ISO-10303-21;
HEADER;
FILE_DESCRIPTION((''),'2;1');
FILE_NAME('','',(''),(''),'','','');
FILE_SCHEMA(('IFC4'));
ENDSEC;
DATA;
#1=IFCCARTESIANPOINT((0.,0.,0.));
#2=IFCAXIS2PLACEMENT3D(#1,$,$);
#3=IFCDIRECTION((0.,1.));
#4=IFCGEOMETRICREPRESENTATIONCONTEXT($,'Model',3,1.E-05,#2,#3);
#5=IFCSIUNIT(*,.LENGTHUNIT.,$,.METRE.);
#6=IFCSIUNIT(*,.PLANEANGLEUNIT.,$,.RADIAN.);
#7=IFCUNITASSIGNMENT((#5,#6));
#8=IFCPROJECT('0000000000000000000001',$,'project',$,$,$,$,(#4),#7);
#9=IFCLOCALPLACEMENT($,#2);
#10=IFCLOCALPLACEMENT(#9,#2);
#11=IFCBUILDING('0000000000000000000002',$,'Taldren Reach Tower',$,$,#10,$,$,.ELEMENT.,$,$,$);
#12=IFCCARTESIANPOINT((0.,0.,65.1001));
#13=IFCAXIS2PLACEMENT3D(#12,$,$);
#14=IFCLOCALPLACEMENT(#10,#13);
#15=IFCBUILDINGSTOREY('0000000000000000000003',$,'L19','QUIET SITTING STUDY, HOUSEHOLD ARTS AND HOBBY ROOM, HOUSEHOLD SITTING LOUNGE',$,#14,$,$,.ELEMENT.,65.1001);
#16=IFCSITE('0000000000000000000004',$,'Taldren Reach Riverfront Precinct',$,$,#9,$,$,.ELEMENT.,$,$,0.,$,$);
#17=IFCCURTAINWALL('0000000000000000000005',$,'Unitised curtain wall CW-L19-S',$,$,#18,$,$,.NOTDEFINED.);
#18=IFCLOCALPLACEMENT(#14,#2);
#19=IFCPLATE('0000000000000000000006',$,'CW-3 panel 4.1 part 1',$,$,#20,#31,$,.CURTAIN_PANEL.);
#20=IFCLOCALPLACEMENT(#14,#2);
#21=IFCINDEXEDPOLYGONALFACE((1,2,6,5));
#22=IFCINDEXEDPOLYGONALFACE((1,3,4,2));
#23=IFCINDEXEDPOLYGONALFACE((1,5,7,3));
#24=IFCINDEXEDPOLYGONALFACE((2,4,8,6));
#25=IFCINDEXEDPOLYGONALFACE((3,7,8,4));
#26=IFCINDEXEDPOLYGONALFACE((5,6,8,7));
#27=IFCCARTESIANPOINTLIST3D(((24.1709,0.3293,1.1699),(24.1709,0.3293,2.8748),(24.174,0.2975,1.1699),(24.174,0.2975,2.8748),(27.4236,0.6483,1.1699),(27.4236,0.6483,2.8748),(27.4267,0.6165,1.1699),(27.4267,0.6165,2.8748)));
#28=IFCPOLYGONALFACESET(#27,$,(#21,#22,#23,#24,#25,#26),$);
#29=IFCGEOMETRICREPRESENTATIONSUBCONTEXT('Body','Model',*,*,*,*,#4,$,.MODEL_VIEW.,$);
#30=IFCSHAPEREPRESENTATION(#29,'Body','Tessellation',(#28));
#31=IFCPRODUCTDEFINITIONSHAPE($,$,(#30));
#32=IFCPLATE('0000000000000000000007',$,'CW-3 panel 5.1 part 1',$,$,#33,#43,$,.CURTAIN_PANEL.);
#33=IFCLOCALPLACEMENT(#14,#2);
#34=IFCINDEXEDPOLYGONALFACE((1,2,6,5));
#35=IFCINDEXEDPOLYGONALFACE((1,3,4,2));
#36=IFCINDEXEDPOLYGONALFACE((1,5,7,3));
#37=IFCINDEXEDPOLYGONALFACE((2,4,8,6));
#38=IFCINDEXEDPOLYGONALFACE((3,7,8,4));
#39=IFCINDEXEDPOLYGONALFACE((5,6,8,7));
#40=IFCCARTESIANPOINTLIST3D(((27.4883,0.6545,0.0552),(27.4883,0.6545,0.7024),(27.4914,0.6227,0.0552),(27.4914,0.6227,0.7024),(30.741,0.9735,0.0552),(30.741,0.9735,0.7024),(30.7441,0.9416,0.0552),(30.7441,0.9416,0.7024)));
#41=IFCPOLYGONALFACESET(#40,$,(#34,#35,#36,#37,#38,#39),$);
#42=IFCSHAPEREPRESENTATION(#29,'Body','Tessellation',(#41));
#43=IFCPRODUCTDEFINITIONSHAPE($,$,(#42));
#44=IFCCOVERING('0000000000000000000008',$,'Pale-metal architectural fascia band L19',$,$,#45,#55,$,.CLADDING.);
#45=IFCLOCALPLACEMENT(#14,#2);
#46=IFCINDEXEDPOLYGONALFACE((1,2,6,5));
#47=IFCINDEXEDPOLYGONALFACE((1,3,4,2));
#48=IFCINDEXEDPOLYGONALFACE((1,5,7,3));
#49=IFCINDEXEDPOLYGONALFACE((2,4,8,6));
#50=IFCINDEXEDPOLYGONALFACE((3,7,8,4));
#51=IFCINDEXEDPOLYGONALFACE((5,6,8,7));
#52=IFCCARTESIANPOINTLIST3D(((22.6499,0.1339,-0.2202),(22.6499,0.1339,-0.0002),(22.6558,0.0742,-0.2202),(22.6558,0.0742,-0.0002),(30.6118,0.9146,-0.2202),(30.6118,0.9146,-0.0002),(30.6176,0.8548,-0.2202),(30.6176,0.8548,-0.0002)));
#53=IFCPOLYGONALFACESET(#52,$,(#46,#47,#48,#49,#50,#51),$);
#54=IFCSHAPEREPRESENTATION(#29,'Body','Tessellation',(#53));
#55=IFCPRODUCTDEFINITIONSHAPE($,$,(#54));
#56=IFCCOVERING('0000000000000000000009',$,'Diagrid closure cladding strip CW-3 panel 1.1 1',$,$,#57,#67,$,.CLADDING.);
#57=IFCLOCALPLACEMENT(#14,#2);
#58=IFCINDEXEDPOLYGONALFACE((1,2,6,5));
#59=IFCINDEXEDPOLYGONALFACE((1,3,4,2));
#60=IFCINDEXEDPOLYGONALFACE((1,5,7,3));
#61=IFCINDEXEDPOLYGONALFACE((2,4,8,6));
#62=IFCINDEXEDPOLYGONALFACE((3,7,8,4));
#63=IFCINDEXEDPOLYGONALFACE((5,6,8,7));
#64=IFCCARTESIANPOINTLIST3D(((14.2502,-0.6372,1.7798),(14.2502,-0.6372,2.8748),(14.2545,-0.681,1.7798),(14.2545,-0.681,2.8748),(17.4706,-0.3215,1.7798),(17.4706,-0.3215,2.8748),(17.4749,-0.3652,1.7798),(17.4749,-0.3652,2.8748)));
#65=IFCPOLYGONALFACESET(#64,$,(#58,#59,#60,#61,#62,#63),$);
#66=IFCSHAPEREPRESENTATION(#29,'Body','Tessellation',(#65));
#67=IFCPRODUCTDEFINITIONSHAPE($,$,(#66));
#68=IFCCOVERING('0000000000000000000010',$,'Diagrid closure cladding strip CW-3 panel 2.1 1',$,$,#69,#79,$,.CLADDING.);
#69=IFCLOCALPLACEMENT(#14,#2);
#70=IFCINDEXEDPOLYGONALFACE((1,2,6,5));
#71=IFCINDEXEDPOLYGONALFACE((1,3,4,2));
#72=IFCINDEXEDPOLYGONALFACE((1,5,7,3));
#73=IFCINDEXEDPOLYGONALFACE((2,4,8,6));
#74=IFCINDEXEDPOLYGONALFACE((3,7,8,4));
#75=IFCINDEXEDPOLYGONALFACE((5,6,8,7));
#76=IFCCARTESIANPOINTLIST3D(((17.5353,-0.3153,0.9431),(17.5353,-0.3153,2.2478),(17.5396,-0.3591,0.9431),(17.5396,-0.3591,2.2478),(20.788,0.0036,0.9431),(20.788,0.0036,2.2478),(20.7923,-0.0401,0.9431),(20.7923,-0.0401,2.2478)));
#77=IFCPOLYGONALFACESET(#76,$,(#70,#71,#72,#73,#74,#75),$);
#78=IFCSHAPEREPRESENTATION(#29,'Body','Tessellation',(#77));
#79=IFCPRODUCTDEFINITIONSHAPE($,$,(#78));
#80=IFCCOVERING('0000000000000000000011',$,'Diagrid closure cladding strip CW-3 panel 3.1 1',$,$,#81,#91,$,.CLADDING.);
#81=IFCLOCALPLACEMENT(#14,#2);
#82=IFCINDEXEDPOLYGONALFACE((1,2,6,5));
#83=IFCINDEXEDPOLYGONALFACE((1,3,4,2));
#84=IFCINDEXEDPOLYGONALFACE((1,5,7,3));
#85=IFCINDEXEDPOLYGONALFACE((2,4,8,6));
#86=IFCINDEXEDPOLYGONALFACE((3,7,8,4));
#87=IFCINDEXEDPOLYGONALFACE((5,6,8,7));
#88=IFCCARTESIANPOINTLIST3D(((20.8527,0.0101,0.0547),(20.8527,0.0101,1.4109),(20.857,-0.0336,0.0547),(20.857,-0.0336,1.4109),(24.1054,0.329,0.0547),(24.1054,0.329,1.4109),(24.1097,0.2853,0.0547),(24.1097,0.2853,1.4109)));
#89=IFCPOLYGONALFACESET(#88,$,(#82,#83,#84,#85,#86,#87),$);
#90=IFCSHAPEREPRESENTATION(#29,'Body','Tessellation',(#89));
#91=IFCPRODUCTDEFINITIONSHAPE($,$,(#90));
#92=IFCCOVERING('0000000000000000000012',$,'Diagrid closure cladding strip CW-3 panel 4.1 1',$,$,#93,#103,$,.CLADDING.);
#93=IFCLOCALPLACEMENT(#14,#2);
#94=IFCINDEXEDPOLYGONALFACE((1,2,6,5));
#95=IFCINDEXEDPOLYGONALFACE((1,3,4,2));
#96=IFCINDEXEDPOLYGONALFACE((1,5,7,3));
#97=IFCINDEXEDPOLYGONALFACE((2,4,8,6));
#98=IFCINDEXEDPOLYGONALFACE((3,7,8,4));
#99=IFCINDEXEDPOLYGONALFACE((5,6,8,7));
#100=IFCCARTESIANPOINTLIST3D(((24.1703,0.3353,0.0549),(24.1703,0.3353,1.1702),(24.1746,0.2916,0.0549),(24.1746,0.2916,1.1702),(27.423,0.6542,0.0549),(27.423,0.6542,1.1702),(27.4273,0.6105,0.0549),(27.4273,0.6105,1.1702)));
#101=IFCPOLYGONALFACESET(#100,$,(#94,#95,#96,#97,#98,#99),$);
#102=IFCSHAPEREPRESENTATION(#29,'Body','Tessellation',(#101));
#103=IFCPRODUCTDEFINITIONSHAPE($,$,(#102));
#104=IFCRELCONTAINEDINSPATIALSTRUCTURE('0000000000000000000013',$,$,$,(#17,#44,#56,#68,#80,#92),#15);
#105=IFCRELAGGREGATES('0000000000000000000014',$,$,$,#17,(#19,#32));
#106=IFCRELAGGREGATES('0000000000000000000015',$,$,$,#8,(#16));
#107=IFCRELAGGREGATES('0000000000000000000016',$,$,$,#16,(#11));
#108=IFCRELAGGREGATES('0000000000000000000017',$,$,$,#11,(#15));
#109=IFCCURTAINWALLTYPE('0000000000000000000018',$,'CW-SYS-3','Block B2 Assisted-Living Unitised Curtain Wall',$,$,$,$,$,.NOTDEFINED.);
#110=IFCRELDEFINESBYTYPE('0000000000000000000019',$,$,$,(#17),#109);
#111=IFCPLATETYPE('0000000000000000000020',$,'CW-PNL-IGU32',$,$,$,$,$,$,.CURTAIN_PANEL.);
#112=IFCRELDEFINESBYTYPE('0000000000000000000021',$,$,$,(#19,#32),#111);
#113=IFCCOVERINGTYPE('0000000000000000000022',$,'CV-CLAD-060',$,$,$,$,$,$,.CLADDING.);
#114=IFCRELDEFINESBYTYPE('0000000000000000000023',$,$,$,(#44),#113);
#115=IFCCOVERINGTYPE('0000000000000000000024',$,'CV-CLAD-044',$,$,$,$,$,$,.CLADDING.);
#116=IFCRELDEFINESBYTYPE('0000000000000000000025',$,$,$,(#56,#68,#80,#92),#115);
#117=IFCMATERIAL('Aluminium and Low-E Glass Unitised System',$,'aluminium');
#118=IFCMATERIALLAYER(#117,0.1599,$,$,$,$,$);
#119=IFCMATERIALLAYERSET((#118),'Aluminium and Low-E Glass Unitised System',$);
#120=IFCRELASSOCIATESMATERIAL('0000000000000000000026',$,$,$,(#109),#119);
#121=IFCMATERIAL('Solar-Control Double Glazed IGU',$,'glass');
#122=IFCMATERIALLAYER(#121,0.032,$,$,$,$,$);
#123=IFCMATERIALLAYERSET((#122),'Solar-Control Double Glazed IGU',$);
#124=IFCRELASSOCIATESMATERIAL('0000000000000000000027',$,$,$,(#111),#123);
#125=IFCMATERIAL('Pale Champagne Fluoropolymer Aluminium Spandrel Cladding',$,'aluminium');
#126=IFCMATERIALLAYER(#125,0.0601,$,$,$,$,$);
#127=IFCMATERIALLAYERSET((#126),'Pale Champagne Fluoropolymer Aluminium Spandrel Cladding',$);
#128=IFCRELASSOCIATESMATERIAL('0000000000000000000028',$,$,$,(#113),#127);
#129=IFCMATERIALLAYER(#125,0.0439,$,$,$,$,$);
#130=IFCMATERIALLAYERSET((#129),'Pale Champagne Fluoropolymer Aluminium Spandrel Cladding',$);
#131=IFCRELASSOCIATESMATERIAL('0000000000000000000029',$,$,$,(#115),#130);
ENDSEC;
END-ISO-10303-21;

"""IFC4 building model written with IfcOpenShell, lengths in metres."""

from ifc_helpers import new_model, si_unit, direction, frame, origin, origin_2d, place, context, subcontext, project, spatial, rectangle, extrude, source, transform, mapped, material, layer, layer_set, type_object, element, aggregate, save


model = new_model("IFC4")

# Units and contexts
model_context = context("Model", 3, precision=1e-05, world=origin(), true_north=direction((0.0, 1.0)))
body_context = subcontext(model_context, "Body", "Model", "MODEL_VIEW")
ifc_project = project(units=[si_unit("LENGTHUNIT", "METRE"), si_unit("PLANEANGLEUNIT", "RADIAN")], contexts=[model_context])

# Site, building, storey
site_placement = place(None, origin())
site = spatial("IfcSite", under=ifc_project, at=site_placement, Name="Taldren Reach Riverfront Precinct", CompositionType="ELEMENT", RefElevation=0.0)
building_placement = place(site_placement, origin())
building = spatial("IfcBuilding", under=site, at=building_placement, Name="Taldren Reach Tower", CompositionType="ELEMENT")
storey_placement = place(building_placement, frame((0.0, 0.0, 65.1001)))
storey = spatial("IfcBuildingStorey", under=building, at=storey_placement, Name="L19", Description="QUIET SITTING STUDY, HOUSEHOLD ARTS AND HOBBY ROOM, HOUSEHOLD SITTING LOUNGE", CompositionType="ELEMENT", Elevation=65.1001)

# Curtain wall
ifc_material_1 = material(Name="Aluminium and Low-E Glass Unitised System", Category="aluminium")
ifc_layer_1 = layer(ifc_material_1, 0.1599)
ifc_layer_set_1 = layer_set([ifc_layer_1], Name="Aluminium and Low-E Glass Unitised System")
curtain_wall_type = type_object("IfcCurtainWallType", Name="CW-SYS-3", Description="Block B2 Assisted-Living Unitised Curtain Wall", PredefinedType="NOTDEFINED", material=ifc_layer_set_1)
curtain_wall_placement = place(storey_placement, origin())
curtain_wall = element("IfcCurtainWall", 1, at=curtain_wall_placement, inside=storey, type_object=curtain_wall_type, Name="Unitised curtain wall CW-L19-S", PredefinedType="NOTDEFINED")

# Plates
ifc_material_2 = material(Name="Solar-Control Double Glazed IGU", Category="glass")
ifc_layer_2 = layer(ifc_material_2, 0.032)
ifc_layer_set_2 = layer_set([ifc_layer_2], Name="Solar-Control Double Glazed IGU")
plate_type_1 = type_object("IfcPlateType", Name="CW-PNL-IGU32", PredefinedType="CURTAIN_PANEL", material=ifc_layer_set_2)
shared_shape_1 = source(origin(), body_context, "Body", "SweptSolid", [
    extrude(rectangle(XDim=3.2683, YDim=0.032, at=origin_2d()), origin(), (0.0, 0.0, 1.0), 1.7048),
])
plate_1_placement = place(storey_placement, frame((25.7988, 0.4729, 1.1699), z_axis=(0.0, 0.0, 1.0), x_axis=(0.995227, 0.097583, 0.0)))
plate_1 = element("IfcPlate", 2, at=plate_1_placement, type_object=plate_type_1, Name="CW-3 panel 4.1 part 1", PredefinedType="CURTAIN_PANEL", context=body_context, shape_type="MappedRepresentation", body=[
    mapped(shared_shape_1, transform((0.0, 0.0, 0.0), scale=1.0)),
])
shared_shape_2 = source(origin(), body_context, "Body", "SweptSolid", [
    extrude(rectangle(XDim=3.2683, YDim=0.032, at=origin_2d()), origin(), (0.0, 0.0, 1.0), 0.6472),
])
plate_2_placement = place(storey_placement, frame((29.1162, 0.7981, 0.0552), z_axis=(0.0, 0.0, 1.0), x_axis=(0.995227, 0.097583, 0.0)))
plate_2 = element("IfcPlate", 3, at=plate_2_placement, type_object=plate_type_1, Name="CW-3 panel 5.1 part 1", PredefinedType="CURTAIN_PANEL", context=body_context, shape_type="MappedRepresentation", body=[
    mapped(shared_shape_2, transform((0.0, 0.0, 0.0), scale=1.0)),
])
aggregate(curtain_wall, [plate_1, plate_2])

# Coverings
ifc_material_3 = material(Name="Pale Champagne Fluoropolymer Aluminium Spandrel Cladding", Category="aluminium")
ifc_layer_3 = layer(ifc_material_3, 0.0601)
ifc_layer_set_3 = layer_set([ifc_layer_3], Name="Pale Champagne Fluoropolymer Aluminium Spandrel Cladding")
covering_type_1 = type_object("IfcCoveringType", Name="CV-CLAD-060", PredefinedType="CLADDING", material=ifc_layer_set_3)
shared_shape_3 = source(origin(), body_context, "Body", "SweptSolid", [
    extrude(rectangle(XDim=8.0, YDim=0.0601, at=origin_2d()), origin(), (0.0, 0.0, 1.0), 0.22),
])
covering_1_placement = place(storey_placement, frame((26.6338, 0.4944, -0.2202), z_axis=(0.0, 0.0, 1.0), x_axis=(0.995227, 0.097583, 0.0)))
element("IfcCovering", 4, at=covering_1_placement, inside=storey, type_object=covering_type_1, Name="Pale-metal architectural fascia band L19", PredefinedType="CLADDING", context=body_context, shape_type="MappedRepresentation", body=[
    mapped(shared_shape_3, transform((0.0, 0.0, 0.0), scale=1.0)),
])
ifc_layer_4 = layer(ifc_material_3, 0.0439)
ifc_layer_set_4 = layer_set([ifc_layer_4], Name="Pale Champagne Fluoropolymer Aluminium Spandrel Cladding")
covering_type_2 = type_object("IfcCoveringType", Name="CV-CLAD-044", PredefinedType="CLADDING", material=ifc_layer_set_4)
shared_shape_4 = source(origin(), body_context, "Body", "SweptSolid", [
    extrude(rectangle(XDim=3.2358, YDim=0.0439, at=origin_2d()), origin(), (0.0, 0.0, 1.0), 1.095),
])
covering_2_placement = place(storey_placement, frame((15.8625, -0.5012, 1.7798), z_axis=(0.0, 0.0, 1.0), x_axis=(0.995227, 0.097583, 0.0)))
element("IfcCovering", 5, at=covering_2_placement, inside=storey, type_object=covering_type_2, Name="Diagrid closure cladding strip CW-3 panel 1.1 1", PredefinedType="CLADDING", context=body_context, shape_type="MappedRepresentation", body=[
    mapped(shared_shape_4, transform((0.0, 0.0, 0.0), scale=1.0)),
])
shared_shape_5 = source(origin(), body_context, "Body", "SweptSolid", [
    extrude(rectangle(XDim=3.2683, YDim=0.0439, at=origin_2d()), origin(), (0.0, 0.0, 1.0), 1.3047),
])
covering_3_placement = place(storey_placement, frame((19.1638, -0.1777, 0.9431), z_axis=(0.0, 0.0, 1.0), x_axis=(0.995227, 0.097583, 0.0)))
element("IfcCovering", 6, at=covering_3_placement, inside=storey, type_object=covering_type_2, Name="Diagrid closure cladding strip CW-3 panel 2.1 1", PredefinedType="CLADDING", context=body_context, shape_type="MappedRepresentation", body=[
    mapped(shared_shape_5, transform((0.0, 0.0, 0.0), scale=1.0)),
])
shared_shape_6 = source(origin(), body_context, "Body", "SweptSolid", [
    extrude(rectangle(XDim=3.2683, YDim=0.0439, at=origin_2d()), origin(), (0.0, 0.0, 1.0), 1.3562),
])
covering_4_placement = place(storey_placement, frame((22.4812, 0.1477, 0.0547), z_axis=(0.0, 0.0, 1.0), x_axis=(0.995227, 0.097583, 0.0)))
element("IfcCovering", 7, at=covering_4_placement, inside=storey, type_object=covering_type_2, Name="Diagrid closure cladding strip CW-3 panel 3.1 1", PredefinedType="CLADDING", context=body_context, shape_type="MappedRepresentation", body=[
    mapped(shared_shape_6, transform((0.0, 0.0, 0.0), scale=1.0)),
])
shared_shape_7 = source(origin(), body_context, "Body", "SweptSolid", [
    extrude(rectangle(XDim=3.2683, YDim=0.0439, at=origin_2d()), origin(), (0.0, 0.0, 1.0), 1.1152),
])
covering_5_placement = place(storey_placement, frame((25.7988, 0.4729, 0.0549), z_axis=(0.0, 0.0, 1.0), x_axis=(0.995227, 0.097583, 0.0)))
element("IfcCovering", 8, at=covering_5_placement, inside=storey, type_object=covering_type_2, Name="Diagrid closure cladding strip CW-3 panel 4.1 1", PredefinedType="CLADDING", context=body_context, shape_type="MappedRepresentation", body=[
    mapped(shared_shape_7, transform((0.0, 0.0, 0.0), scale=1.0)),
])

save(model, "model.ifc")
